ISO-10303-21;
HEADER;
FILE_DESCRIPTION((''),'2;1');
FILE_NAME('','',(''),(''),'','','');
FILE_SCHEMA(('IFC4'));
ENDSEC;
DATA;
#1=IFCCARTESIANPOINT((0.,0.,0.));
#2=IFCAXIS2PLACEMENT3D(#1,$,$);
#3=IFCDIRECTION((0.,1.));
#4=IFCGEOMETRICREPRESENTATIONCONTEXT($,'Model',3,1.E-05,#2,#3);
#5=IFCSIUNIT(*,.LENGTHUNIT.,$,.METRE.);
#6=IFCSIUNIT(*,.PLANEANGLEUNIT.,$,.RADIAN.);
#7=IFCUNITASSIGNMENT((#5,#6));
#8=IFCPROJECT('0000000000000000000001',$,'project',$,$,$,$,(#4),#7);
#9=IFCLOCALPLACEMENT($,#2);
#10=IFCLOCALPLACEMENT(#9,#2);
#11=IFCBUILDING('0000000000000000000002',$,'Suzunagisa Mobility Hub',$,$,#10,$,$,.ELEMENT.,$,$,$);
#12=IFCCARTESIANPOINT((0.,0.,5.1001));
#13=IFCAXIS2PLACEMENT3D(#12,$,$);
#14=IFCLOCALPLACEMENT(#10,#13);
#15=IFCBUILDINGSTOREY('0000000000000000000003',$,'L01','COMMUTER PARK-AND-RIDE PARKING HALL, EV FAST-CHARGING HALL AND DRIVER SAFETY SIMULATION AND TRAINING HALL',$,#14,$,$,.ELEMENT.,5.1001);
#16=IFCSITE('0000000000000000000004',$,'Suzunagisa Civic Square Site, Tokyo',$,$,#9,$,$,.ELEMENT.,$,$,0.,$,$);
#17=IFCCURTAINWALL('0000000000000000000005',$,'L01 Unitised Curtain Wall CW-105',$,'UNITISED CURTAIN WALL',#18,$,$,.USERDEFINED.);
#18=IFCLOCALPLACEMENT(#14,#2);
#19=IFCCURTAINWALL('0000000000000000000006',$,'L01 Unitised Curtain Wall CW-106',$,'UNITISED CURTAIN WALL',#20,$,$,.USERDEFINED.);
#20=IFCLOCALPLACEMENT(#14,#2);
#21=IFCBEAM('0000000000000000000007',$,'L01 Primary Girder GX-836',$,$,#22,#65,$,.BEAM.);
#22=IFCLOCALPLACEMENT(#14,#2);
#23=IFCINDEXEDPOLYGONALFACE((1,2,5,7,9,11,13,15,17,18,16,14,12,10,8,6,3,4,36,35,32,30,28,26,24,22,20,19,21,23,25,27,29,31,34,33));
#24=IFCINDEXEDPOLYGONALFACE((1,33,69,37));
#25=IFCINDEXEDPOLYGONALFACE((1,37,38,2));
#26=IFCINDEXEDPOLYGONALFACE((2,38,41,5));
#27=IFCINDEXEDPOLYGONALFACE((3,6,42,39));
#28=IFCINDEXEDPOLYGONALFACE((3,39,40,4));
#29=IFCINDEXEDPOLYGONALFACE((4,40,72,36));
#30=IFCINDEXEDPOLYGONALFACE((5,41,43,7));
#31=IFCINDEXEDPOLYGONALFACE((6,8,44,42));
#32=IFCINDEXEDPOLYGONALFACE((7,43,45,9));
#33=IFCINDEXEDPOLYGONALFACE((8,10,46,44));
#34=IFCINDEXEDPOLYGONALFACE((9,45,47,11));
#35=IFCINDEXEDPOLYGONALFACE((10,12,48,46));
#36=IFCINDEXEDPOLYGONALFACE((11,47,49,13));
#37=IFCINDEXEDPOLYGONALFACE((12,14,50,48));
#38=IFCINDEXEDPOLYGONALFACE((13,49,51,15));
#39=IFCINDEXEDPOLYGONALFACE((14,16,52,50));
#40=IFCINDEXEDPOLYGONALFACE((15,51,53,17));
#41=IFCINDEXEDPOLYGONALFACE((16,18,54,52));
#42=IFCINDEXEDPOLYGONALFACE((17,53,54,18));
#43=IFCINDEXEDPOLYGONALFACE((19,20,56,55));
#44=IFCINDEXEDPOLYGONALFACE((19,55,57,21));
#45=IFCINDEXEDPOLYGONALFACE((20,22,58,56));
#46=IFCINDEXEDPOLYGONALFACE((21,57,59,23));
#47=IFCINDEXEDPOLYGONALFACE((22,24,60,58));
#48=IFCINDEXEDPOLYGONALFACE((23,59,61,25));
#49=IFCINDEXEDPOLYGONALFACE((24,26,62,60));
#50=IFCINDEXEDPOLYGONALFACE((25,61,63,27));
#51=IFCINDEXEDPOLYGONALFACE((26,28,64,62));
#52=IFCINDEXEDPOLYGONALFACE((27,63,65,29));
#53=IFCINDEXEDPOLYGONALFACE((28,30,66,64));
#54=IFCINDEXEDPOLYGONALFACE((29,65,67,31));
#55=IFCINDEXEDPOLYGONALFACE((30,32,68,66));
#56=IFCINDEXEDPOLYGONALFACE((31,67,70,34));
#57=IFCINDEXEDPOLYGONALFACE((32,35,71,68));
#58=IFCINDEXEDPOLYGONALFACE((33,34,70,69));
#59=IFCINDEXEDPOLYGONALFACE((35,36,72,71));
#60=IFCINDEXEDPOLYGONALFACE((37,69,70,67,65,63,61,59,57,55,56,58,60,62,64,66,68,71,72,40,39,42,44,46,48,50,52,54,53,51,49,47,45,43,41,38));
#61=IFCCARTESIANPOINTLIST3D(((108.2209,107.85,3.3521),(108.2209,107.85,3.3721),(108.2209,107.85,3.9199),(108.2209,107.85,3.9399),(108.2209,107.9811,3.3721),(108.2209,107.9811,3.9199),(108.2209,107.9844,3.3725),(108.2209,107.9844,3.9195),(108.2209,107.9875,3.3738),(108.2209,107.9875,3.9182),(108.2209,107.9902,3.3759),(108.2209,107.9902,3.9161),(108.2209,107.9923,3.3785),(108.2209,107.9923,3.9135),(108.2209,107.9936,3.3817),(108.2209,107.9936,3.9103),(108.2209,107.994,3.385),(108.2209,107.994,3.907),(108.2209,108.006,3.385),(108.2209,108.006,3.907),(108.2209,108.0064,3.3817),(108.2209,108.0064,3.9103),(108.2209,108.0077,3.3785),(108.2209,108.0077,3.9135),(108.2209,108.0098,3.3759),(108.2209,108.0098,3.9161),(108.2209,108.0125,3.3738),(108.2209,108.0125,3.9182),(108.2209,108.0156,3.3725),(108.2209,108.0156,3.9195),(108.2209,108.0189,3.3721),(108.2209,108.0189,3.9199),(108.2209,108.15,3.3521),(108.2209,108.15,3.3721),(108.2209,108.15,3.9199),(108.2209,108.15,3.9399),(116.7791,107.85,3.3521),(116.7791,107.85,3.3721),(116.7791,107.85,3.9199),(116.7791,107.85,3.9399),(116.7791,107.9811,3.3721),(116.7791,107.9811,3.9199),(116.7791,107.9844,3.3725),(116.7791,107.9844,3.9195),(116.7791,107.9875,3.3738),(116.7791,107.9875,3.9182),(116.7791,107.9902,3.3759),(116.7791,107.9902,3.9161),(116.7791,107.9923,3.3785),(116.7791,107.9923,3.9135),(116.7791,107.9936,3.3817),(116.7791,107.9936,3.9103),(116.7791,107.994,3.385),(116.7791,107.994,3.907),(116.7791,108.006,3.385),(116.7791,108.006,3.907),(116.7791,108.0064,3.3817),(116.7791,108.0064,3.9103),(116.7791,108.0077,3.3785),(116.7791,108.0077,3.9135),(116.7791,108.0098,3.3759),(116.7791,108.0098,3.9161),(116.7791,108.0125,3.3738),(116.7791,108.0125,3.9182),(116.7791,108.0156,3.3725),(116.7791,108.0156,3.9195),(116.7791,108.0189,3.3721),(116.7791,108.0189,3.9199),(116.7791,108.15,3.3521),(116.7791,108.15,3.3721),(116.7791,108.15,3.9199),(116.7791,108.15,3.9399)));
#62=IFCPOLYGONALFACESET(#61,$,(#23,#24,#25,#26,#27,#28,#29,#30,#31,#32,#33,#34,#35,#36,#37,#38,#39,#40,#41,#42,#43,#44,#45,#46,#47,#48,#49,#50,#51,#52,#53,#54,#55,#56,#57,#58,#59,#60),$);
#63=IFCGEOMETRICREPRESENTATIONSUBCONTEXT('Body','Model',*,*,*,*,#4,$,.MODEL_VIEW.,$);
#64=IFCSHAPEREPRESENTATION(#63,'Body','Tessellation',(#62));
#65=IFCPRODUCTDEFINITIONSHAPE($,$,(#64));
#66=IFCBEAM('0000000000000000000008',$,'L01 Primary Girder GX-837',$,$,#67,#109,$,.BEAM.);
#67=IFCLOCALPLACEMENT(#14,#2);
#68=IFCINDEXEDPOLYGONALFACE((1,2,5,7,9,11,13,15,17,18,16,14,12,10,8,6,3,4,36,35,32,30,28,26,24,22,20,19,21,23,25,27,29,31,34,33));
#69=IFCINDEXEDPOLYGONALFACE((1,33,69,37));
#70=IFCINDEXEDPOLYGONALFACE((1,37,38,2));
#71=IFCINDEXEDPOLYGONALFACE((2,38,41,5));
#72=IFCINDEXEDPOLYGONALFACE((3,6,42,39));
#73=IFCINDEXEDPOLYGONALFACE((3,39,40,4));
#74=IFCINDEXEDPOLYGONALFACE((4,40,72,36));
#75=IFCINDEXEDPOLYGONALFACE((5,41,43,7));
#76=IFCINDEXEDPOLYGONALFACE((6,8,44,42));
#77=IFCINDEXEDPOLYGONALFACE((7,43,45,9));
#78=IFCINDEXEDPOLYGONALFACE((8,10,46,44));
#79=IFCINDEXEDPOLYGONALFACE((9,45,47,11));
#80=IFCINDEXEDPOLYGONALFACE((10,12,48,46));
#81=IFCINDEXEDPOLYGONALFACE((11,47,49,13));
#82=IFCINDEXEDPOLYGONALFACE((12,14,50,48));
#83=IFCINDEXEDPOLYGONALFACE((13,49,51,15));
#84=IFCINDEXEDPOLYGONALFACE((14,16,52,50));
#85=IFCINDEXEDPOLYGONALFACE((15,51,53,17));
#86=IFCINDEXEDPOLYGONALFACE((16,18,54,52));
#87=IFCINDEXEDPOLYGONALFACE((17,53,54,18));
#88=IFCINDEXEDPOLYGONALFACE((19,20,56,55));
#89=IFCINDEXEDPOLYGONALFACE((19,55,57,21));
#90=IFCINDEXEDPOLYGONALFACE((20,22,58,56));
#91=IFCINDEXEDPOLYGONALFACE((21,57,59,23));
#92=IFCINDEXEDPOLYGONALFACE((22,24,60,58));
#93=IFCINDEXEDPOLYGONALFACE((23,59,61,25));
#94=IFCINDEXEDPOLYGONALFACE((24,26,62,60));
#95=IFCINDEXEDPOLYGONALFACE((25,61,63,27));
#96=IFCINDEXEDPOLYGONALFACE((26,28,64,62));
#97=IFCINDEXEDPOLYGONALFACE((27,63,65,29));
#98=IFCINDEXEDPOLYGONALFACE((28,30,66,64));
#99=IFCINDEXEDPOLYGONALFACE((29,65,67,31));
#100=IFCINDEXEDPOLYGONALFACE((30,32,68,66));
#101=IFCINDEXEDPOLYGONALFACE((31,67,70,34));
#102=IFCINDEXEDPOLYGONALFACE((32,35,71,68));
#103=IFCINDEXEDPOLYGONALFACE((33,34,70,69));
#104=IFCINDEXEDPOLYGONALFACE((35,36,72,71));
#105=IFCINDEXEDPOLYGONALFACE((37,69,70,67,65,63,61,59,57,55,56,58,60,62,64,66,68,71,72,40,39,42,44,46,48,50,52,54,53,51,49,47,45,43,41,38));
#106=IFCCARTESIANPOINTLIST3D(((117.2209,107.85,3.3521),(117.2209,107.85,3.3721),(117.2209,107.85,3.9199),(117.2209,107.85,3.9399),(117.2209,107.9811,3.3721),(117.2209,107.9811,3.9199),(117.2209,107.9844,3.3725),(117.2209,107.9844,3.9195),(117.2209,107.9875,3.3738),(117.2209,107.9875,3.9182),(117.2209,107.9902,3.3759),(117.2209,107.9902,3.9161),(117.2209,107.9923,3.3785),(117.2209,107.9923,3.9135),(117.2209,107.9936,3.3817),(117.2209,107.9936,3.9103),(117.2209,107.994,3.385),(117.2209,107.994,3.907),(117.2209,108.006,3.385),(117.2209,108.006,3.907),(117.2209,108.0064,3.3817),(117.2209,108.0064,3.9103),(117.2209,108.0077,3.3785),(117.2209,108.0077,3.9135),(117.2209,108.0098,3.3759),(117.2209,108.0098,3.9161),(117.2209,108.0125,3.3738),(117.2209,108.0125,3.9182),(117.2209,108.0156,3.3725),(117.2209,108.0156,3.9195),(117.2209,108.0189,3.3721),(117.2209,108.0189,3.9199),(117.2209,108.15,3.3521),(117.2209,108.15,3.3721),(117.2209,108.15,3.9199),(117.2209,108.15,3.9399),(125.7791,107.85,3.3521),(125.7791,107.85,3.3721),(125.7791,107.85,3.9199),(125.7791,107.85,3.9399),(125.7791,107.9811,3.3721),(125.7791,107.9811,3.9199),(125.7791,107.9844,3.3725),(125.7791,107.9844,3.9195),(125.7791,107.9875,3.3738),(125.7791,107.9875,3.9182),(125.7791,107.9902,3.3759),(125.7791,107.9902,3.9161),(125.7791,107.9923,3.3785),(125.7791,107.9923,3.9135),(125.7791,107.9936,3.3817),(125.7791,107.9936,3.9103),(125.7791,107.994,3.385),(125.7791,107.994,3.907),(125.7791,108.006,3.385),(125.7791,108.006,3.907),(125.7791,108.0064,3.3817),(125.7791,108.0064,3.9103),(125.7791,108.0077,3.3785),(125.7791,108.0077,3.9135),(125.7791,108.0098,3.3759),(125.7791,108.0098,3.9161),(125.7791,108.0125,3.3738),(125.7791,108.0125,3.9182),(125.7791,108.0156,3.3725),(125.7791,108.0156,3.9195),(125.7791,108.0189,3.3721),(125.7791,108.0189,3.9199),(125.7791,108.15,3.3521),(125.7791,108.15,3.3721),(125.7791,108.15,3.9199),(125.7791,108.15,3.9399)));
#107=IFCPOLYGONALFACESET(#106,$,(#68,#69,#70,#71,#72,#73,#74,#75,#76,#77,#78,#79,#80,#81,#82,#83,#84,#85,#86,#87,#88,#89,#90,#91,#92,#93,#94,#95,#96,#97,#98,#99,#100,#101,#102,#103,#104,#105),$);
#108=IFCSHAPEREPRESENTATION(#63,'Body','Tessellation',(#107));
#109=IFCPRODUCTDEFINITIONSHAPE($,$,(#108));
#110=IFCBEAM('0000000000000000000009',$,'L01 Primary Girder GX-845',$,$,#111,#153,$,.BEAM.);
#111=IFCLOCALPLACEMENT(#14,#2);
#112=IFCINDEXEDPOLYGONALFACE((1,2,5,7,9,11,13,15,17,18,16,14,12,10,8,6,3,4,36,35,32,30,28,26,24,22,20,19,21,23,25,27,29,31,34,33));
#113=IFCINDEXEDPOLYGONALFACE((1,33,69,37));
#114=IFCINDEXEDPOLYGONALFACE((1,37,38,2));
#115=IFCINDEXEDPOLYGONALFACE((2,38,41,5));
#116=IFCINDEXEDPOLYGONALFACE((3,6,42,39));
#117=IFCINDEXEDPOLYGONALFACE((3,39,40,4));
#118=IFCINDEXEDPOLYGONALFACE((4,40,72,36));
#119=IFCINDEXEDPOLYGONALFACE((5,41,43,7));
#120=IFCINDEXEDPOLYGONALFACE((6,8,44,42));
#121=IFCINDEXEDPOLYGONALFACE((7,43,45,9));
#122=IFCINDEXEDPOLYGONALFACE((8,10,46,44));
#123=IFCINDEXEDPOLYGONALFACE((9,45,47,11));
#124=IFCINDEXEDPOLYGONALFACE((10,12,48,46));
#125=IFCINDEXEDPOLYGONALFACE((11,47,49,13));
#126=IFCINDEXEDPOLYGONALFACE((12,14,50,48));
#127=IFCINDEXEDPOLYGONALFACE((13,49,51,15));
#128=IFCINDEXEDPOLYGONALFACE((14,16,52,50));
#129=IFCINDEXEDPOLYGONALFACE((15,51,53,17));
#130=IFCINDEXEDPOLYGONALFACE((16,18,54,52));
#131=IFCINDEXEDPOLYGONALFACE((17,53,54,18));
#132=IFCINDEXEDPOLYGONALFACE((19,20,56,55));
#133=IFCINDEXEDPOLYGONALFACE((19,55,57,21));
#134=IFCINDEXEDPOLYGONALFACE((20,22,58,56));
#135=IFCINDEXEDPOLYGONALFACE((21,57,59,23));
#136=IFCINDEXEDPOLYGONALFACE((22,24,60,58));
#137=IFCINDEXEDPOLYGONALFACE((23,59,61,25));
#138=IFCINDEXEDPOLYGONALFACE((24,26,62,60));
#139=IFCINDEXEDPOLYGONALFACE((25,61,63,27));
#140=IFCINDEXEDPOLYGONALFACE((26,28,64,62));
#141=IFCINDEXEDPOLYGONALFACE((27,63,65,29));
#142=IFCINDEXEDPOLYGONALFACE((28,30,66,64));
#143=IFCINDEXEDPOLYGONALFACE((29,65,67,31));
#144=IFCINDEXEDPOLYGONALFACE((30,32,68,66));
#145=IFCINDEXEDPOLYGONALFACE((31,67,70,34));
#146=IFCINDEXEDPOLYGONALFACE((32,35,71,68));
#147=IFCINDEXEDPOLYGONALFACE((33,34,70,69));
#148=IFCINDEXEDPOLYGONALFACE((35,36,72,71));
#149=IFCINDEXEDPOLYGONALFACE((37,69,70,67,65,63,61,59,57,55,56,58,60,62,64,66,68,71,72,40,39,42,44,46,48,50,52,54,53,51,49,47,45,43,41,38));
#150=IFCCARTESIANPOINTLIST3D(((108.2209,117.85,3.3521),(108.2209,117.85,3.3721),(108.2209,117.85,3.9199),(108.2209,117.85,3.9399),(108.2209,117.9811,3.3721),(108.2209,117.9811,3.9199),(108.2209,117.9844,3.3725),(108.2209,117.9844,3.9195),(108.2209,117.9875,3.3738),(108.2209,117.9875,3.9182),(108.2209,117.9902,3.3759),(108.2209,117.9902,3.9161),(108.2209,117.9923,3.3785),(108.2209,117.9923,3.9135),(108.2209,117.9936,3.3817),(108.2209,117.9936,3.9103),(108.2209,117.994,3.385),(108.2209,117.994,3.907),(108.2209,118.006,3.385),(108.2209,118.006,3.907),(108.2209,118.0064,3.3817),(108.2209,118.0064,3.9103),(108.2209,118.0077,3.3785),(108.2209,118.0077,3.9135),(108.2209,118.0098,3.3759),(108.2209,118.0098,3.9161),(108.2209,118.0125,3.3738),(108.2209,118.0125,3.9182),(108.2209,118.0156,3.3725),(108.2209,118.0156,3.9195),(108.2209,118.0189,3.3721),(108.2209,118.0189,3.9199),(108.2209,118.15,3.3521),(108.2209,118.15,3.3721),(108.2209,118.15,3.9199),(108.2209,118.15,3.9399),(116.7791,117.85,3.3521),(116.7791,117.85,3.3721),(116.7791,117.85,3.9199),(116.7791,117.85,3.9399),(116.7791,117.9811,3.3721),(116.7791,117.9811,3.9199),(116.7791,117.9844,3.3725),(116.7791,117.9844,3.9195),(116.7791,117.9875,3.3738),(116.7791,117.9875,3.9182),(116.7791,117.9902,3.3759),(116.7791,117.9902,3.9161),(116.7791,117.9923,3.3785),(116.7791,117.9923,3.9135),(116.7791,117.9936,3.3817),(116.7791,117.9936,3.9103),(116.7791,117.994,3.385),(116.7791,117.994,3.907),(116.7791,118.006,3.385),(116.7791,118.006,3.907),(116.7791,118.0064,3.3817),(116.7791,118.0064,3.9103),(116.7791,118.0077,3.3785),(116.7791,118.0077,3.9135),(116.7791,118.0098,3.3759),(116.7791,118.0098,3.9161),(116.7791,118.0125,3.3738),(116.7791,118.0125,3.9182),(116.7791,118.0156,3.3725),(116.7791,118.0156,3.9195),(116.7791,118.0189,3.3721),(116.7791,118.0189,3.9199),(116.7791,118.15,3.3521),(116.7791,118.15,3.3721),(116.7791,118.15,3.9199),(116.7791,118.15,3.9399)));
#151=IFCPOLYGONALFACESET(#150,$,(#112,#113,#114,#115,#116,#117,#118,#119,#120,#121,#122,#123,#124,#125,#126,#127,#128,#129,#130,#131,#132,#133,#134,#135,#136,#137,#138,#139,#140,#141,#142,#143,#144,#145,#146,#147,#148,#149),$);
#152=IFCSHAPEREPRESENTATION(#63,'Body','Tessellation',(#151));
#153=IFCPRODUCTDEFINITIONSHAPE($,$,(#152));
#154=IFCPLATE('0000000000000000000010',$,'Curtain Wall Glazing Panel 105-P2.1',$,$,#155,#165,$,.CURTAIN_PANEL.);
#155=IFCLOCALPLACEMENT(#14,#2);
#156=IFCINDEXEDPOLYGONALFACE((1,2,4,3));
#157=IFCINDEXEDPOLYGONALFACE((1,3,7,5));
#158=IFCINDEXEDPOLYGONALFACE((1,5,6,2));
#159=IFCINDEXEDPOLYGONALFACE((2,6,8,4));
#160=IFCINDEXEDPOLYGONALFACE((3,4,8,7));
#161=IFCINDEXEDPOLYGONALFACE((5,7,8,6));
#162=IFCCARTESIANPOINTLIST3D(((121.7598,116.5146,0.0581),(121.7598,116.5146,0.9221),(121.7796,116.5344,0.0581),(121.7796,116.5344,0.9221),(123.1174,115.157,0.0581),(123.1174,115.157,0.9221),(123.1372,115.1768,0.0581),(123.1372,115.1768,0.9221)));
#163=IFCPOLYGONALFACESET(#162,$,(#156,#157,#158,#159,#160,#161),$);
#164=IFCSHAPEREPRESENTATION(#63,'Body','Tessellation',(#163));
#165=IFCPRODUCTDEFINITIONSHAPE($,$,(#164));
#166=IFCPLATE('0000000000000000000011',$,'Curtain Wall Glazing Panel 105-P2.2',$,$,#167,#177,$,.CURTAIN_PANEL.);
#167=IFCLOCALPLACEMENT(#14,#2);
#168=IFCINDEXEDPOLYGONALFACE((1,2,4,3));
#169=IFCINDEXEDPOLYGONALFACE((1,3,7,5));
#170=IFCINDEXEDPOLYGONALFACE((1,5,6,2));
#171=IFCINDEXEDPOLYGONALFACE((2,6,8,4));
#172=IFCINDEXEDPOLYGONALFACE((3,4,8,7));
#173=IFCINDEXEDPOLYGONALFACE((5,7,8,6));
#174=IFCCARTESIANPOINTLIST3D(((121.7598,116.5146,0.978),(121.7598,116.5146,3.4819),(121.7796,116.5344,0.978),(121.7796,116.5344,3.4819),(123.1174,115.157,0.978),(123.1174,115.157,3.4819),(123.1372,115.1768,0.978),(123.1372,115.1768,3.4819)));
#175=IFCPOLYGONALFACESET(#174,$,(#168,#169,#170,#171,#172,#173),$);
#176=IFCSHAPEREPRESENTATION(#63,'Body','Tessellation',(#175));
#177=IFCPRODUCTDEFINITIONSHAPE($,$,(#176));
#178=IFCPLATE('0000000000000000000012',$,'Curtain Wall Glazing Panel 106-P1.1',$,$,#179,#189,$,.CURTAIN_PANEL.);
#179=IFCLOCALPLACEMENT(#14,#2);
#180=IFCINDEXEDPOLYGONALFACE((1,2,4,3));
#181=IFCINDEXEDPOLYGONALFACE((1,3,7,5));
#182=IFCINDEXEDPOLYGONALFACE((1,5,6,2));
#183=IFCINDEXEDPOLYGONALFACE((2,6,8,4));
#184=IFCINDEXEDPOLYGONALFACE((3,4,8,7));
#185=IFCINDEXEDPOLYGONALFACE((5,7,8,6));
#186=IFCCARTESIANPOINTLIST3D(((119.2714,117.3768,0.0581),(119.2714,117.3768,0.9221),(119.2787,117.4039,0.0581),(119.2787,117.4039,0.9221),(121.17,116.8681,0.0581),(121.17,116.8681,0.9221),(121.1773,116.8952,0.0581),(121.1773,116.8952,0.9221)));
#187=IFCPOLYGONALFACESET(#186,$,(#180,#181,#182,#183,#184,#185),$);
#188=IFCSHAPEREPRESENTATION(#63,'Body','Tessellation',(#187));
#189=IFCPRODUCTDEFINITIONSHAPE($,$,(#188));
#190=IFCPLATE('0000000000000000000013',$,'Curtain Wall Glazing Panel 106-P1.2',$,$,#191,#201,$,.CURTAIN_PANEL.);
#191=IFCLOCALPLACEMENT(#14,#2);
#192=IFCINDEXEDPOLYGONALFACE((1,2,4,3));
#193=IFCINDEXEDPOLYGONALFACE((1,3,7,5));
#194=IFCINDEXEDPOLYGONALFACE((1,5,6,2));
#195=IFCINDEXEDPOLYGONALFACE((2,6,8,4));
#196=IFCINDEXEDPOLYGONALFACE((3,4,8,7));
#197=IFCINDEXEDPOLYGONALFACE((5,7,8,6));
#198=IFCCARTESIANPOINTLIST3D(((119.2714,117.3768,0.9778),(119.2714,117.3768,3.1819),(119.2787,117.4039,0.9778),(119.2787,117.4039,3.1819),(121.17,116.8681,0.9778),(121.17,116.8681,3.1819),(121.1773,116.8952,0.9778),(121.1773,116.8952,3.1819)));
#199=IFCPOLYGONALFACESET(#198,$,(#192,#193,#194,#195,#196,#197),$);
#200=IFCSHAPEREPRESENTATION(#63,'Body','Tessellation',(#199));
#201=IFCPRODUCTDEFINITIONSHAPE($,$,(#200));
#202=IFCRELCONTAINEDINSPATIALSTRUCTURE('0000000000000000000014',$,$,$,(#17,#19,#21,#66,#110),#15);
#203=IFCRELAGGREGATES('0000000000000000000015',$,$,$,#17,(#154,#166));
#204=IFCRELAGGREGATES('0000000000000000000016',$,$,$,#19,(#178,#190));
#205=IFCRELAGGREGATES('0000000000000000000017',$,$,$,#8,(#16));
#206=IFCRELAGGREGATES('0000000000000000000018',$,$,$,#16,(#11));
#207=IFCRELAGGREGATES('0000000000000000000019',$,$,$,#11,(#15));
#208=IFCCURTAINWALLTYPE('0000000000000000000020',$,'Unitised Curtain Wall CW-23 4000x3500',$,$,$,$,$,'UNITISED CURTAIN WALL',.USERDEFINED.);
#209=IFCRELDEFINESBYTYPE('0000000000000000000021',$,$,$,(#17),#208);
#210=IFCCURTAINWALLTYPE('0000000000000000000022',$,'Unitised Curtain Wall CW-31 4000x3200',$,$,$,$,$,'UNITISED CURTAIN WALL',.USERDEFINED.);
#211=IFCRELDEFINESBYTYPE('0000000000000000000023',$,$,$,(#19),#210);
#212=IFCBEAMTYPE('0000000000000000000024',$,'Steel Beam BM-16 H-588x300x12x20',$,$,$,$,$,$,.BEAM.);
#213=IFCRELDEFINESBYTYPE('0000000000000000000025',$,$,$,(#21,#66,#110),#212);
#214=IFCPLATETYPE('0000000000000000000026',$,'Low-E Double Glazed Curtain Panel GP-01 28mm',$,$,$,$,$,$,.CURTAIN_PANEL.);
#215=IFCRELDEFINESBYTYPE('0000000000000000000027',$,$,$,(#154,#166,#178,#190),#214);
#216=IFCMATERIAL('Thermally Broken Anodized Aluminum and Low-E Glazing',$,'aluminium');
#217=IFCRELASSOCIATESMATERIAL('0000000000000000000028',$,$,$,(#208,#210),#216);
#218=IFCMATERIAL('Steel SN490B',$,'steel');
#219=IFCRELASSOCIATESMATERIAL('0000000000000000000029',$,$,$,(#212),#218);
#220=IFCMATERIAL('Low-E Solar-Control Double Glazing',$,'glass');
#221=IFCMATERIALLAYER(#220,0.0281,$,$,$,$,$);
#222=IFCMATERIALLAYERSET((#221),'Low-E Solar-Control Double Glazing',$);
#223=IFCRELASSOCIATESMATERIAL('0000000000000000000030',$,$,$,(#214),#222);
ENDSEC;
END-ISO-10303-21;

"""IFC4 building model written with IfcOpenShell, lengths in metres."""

from ifc_helpers import new_model, si_unit, direction, frame, origin, origin_2d, place, context, subcontext, project, spatial, rectangle, i_section, extrude, material, layer, layer_set, material_profile, profile_set, type_object, element, aggregate, save


model = new_model("IFC4")

# Units and contexts
model_context = context("Model", 3, precision=1e-05, world=origin(), true_north=direction((0.0, 1.0)))
body_context = subcontext(model_context, "Body", "Model", "MODEL_VIEW")
ifc_project = project(units=[si_unit("LENGTHUNIT", "METRE"), si_unit("PLANEANGLEUNIT", "RADIAN")], contexts=[model_context])

# Site, building, storey
site_placement = place(None, origin())
site = spatial("IfcSite", under=ifc_project, at=site_placement, Name="Suzunagisa Civic Square Site, Tokyo", CompositionType="ELEMENT", RefElevation=0.0)
building_placement = place(site_placement, origin())
building = spatial("IfcBuilding", under=site, at=building_placement, Name="Suzunagisa Mobility Hub", CompositionType="ELEMENT")
storey_placement = place(building_placement, frame((0.0, 0.0, 5.1001)))
storey = spatial("IfcBuildingStorey", under=building, at=storey_placement, Name="L01", Description="COMMUTER PARK-AND-RIDE PARKING HALL, EV FAST-CHARGING HALL AND DRIVER SAFETY SIMULATION AND TRAINING HALL", CompositionType="ELEMENT", Elevation=5.1001)

# Shared definitions
ifc_material_1 = material(Name="Steel SN490B", Category="steel")

# Curtain wall
ifc_material_2 = material(Name="Thermally Broken Anodized Aluminum and Low-E Glazing", Category="aluminium")
curtain_wall_type_1 = type_object("IfcCurtainWallType", Name="Unitised Curtain Wall CW-23 4000x3500", ElementType="UNITISED CURTAIN WALL", PredefinedType="USERDEFINED", material=ifc_material_2)
curtain_wall_1_placement = place(storey_placement, origin())
curtain_wall_1 = element("IfcCurtainWall", 1, at=curtain_wall_1_placement, inside=storey, type_object=curtain_wall_type_1, Name="L01 Unitised Curtain Wall CW-105", ObjectType="UNITISED CURTAIN WALL", PredefinedType="USERDEFINED")

# Curtain wall
curtain_wall_type_2 = type_object("IfcCurtainWallType", Name="Unitised Curtain Wall CW-31 4000x3200", ElementType="UNITISED CURTAIN WALL", PredefinedType="USERDEFINED", material=ifc_material_2)
curtain_wall_2_placement = place(storey_placement, origin())
curtain_wall_2 = element("IfcCurtainWall", 2, at=curtain_wall_2_placement, inside=storey, type_object=curtain_wall_type_2, Name="L01 Unitised Curtain Wall CW-106", ObjectType="UNITISED CURTAIN WALL", PredefinedType="USERDEFINED")

# Beams
ifc_material_profile_1 = material_profile(ifc_material_1, i_section(OverallWidth=0.3, OverallDepth=0.5879, WebThickness=0.012, FlangeThickness=0.02, FilletRadius=0.0129, at=origin_2d()), Name="H-588x300x12x20")
ifc_profile_set_1 = profile_set([ifc_material_profile_1], Name="Steel SN490B")
beam_type_1 = type_object("IfcBeamType", Name="Steel Beam BM-16 H-588x300x12x20", PredefinedType="BEAM", material=ifc_profile_set_1)
for number, where, z_axis, x_axis, name in (
    (3, (108.2209, 108.0, 3.646), (1.0, 0.0, 0.0), (0.0, 1.0, 0.0), "L01 Primary Girder GX-836"),
    (4, (117.2209, 108.0, 3.646), (1.0, 0.0, 0.0), (0.0, 1.0, 0.0), "L01 Primary Girder GX-837"),
    (5, (108.2209, 118.0, 3.646), (1.0, 0.0, 0.0), (0.0, 1.0, 0.0), "L01 Primary Girder GX-845"),
):
    element("IfcBeam", number, at=place(storey_placement, frame(where, z_axis=z_axis, x_axis=x_axis)), inside=storey, type_object=beam_type_1, Name=name, PredefinedType="BEAM", context=body_context, shape_type="SweptSolid", body=[
        extrude(i_section(OverallWidth=0.3, OverallDepth=0.5879, WebThickness=0.012, FlangeThickness=0.02, FilletRadius=0.0129, at=origin_2d()), origin(), (0.0, 0.0, 1.0), 8.5581),
    ])

# Plates
ifc_material_3 = material(Name="Low-E Solar-Control Double Glazing", Category="glass")
ifc_layer_1 = layer(ifc_material_3, 0.0281)
ifc_layer_set_1 = layer_set([ifc_layer_1], Name="Low-E Solar-Control Double Glazing")
plate_type = type_object("IfcPlateType", Name="Low-E Double Glazed Curtain Panel GP-01 28mm", PredefinedType="CURTAIN_PANEL", material=ifc_layer_set_1)
plate_1_placement = place(storey_placement, frame((122.4485, 115.8457, 0.0581), z_axis=(0.0, 0.0, 1.0), x_axis=(-0.707107, 0.707107, 0.0)))
plate_1 = element("IfcPlate", 6, at=plate_1_placement, type_object=plate_type, Name="Curtain Wall Glazing Panel 105-P2.1", PredefinedType="CURTAIN_PANEL", context=body_context, shape_type="SweptSolid", body=[
    extrude(rectangle(XDim=1.9199, YDim=0.0281, at=origin_2d()), origin(), (0.0, 0.0, 1.0), 0.864),
])
plate_2_placement = place(storey_placement, frame((122.4485, 115.8457, 0.978), z_axis=(0.0, 0.0, 1.0), x_axis=(-0.707107, 0.707107, 0.0)))
plate_2 = element("IfcPlate", 7, at=plate_2_placement, type_object=plate_type, Name="Curtain Wall Glazing Panel 105-P2.2", PredefinedType="CURTAIN_PANEL", context=body_context, shape_type="SweptSolid", body=[
    extrude(rectangle(XDim=1.9199, YDim=0.0281, at=origin_2d()), origin(), (0.0, 0.0, 1.0), 2.5039),
])
aggregate(curtain_wall_1, [plate_1, plate_2])
plate_3_placement = place(storey_placement, frame((120.2244, 117.136, 0.0581), z_axis=(0.0, 0.0, 1.0), x_axis=(-0.965925, 0.258821, 0.0)))
plate_3 = element("IfcPlate", 8, at=plate_3_placement, type_object=plate_type, Name="Curtain Wall Glazing Panel 106-P1.1", PredefinedType="CURTAIN_PANEL", context=body_context, shape_type="SweptSolid", body=[
    extrude(rectangle(XDim=1.9656, YDim=0.0281, at=origin_2d()), origin(), (0.0, 0.0, 1.0), 0.864),
])
plate_4_placement = place(storey_placement, frame((120.2244, 117.136, 0.9778), z_axis=(0.0, 0.0, 1.0), x_axis=(-0.965925, 0.258821, 0.0)))
plate_4 = element("IfcPlate", 9, at=plate_4_placement, type_object=plate_type, Name="Curtain Wall Glazing Panel 106-P1.2", PredefinedType="CURTAIN_PANEL", context=body_context, shape_type="SweptSolid", body=[
    extrude(rectangle(XDim=1.9656, YDim=0.0281, at=origin_2d()), origin(), (0.0, 0.0, 1.0), 2.2041),
])
aggregate(curtain_wall_2, [plate_3, plate_4])

save(model, "model.ifc")
